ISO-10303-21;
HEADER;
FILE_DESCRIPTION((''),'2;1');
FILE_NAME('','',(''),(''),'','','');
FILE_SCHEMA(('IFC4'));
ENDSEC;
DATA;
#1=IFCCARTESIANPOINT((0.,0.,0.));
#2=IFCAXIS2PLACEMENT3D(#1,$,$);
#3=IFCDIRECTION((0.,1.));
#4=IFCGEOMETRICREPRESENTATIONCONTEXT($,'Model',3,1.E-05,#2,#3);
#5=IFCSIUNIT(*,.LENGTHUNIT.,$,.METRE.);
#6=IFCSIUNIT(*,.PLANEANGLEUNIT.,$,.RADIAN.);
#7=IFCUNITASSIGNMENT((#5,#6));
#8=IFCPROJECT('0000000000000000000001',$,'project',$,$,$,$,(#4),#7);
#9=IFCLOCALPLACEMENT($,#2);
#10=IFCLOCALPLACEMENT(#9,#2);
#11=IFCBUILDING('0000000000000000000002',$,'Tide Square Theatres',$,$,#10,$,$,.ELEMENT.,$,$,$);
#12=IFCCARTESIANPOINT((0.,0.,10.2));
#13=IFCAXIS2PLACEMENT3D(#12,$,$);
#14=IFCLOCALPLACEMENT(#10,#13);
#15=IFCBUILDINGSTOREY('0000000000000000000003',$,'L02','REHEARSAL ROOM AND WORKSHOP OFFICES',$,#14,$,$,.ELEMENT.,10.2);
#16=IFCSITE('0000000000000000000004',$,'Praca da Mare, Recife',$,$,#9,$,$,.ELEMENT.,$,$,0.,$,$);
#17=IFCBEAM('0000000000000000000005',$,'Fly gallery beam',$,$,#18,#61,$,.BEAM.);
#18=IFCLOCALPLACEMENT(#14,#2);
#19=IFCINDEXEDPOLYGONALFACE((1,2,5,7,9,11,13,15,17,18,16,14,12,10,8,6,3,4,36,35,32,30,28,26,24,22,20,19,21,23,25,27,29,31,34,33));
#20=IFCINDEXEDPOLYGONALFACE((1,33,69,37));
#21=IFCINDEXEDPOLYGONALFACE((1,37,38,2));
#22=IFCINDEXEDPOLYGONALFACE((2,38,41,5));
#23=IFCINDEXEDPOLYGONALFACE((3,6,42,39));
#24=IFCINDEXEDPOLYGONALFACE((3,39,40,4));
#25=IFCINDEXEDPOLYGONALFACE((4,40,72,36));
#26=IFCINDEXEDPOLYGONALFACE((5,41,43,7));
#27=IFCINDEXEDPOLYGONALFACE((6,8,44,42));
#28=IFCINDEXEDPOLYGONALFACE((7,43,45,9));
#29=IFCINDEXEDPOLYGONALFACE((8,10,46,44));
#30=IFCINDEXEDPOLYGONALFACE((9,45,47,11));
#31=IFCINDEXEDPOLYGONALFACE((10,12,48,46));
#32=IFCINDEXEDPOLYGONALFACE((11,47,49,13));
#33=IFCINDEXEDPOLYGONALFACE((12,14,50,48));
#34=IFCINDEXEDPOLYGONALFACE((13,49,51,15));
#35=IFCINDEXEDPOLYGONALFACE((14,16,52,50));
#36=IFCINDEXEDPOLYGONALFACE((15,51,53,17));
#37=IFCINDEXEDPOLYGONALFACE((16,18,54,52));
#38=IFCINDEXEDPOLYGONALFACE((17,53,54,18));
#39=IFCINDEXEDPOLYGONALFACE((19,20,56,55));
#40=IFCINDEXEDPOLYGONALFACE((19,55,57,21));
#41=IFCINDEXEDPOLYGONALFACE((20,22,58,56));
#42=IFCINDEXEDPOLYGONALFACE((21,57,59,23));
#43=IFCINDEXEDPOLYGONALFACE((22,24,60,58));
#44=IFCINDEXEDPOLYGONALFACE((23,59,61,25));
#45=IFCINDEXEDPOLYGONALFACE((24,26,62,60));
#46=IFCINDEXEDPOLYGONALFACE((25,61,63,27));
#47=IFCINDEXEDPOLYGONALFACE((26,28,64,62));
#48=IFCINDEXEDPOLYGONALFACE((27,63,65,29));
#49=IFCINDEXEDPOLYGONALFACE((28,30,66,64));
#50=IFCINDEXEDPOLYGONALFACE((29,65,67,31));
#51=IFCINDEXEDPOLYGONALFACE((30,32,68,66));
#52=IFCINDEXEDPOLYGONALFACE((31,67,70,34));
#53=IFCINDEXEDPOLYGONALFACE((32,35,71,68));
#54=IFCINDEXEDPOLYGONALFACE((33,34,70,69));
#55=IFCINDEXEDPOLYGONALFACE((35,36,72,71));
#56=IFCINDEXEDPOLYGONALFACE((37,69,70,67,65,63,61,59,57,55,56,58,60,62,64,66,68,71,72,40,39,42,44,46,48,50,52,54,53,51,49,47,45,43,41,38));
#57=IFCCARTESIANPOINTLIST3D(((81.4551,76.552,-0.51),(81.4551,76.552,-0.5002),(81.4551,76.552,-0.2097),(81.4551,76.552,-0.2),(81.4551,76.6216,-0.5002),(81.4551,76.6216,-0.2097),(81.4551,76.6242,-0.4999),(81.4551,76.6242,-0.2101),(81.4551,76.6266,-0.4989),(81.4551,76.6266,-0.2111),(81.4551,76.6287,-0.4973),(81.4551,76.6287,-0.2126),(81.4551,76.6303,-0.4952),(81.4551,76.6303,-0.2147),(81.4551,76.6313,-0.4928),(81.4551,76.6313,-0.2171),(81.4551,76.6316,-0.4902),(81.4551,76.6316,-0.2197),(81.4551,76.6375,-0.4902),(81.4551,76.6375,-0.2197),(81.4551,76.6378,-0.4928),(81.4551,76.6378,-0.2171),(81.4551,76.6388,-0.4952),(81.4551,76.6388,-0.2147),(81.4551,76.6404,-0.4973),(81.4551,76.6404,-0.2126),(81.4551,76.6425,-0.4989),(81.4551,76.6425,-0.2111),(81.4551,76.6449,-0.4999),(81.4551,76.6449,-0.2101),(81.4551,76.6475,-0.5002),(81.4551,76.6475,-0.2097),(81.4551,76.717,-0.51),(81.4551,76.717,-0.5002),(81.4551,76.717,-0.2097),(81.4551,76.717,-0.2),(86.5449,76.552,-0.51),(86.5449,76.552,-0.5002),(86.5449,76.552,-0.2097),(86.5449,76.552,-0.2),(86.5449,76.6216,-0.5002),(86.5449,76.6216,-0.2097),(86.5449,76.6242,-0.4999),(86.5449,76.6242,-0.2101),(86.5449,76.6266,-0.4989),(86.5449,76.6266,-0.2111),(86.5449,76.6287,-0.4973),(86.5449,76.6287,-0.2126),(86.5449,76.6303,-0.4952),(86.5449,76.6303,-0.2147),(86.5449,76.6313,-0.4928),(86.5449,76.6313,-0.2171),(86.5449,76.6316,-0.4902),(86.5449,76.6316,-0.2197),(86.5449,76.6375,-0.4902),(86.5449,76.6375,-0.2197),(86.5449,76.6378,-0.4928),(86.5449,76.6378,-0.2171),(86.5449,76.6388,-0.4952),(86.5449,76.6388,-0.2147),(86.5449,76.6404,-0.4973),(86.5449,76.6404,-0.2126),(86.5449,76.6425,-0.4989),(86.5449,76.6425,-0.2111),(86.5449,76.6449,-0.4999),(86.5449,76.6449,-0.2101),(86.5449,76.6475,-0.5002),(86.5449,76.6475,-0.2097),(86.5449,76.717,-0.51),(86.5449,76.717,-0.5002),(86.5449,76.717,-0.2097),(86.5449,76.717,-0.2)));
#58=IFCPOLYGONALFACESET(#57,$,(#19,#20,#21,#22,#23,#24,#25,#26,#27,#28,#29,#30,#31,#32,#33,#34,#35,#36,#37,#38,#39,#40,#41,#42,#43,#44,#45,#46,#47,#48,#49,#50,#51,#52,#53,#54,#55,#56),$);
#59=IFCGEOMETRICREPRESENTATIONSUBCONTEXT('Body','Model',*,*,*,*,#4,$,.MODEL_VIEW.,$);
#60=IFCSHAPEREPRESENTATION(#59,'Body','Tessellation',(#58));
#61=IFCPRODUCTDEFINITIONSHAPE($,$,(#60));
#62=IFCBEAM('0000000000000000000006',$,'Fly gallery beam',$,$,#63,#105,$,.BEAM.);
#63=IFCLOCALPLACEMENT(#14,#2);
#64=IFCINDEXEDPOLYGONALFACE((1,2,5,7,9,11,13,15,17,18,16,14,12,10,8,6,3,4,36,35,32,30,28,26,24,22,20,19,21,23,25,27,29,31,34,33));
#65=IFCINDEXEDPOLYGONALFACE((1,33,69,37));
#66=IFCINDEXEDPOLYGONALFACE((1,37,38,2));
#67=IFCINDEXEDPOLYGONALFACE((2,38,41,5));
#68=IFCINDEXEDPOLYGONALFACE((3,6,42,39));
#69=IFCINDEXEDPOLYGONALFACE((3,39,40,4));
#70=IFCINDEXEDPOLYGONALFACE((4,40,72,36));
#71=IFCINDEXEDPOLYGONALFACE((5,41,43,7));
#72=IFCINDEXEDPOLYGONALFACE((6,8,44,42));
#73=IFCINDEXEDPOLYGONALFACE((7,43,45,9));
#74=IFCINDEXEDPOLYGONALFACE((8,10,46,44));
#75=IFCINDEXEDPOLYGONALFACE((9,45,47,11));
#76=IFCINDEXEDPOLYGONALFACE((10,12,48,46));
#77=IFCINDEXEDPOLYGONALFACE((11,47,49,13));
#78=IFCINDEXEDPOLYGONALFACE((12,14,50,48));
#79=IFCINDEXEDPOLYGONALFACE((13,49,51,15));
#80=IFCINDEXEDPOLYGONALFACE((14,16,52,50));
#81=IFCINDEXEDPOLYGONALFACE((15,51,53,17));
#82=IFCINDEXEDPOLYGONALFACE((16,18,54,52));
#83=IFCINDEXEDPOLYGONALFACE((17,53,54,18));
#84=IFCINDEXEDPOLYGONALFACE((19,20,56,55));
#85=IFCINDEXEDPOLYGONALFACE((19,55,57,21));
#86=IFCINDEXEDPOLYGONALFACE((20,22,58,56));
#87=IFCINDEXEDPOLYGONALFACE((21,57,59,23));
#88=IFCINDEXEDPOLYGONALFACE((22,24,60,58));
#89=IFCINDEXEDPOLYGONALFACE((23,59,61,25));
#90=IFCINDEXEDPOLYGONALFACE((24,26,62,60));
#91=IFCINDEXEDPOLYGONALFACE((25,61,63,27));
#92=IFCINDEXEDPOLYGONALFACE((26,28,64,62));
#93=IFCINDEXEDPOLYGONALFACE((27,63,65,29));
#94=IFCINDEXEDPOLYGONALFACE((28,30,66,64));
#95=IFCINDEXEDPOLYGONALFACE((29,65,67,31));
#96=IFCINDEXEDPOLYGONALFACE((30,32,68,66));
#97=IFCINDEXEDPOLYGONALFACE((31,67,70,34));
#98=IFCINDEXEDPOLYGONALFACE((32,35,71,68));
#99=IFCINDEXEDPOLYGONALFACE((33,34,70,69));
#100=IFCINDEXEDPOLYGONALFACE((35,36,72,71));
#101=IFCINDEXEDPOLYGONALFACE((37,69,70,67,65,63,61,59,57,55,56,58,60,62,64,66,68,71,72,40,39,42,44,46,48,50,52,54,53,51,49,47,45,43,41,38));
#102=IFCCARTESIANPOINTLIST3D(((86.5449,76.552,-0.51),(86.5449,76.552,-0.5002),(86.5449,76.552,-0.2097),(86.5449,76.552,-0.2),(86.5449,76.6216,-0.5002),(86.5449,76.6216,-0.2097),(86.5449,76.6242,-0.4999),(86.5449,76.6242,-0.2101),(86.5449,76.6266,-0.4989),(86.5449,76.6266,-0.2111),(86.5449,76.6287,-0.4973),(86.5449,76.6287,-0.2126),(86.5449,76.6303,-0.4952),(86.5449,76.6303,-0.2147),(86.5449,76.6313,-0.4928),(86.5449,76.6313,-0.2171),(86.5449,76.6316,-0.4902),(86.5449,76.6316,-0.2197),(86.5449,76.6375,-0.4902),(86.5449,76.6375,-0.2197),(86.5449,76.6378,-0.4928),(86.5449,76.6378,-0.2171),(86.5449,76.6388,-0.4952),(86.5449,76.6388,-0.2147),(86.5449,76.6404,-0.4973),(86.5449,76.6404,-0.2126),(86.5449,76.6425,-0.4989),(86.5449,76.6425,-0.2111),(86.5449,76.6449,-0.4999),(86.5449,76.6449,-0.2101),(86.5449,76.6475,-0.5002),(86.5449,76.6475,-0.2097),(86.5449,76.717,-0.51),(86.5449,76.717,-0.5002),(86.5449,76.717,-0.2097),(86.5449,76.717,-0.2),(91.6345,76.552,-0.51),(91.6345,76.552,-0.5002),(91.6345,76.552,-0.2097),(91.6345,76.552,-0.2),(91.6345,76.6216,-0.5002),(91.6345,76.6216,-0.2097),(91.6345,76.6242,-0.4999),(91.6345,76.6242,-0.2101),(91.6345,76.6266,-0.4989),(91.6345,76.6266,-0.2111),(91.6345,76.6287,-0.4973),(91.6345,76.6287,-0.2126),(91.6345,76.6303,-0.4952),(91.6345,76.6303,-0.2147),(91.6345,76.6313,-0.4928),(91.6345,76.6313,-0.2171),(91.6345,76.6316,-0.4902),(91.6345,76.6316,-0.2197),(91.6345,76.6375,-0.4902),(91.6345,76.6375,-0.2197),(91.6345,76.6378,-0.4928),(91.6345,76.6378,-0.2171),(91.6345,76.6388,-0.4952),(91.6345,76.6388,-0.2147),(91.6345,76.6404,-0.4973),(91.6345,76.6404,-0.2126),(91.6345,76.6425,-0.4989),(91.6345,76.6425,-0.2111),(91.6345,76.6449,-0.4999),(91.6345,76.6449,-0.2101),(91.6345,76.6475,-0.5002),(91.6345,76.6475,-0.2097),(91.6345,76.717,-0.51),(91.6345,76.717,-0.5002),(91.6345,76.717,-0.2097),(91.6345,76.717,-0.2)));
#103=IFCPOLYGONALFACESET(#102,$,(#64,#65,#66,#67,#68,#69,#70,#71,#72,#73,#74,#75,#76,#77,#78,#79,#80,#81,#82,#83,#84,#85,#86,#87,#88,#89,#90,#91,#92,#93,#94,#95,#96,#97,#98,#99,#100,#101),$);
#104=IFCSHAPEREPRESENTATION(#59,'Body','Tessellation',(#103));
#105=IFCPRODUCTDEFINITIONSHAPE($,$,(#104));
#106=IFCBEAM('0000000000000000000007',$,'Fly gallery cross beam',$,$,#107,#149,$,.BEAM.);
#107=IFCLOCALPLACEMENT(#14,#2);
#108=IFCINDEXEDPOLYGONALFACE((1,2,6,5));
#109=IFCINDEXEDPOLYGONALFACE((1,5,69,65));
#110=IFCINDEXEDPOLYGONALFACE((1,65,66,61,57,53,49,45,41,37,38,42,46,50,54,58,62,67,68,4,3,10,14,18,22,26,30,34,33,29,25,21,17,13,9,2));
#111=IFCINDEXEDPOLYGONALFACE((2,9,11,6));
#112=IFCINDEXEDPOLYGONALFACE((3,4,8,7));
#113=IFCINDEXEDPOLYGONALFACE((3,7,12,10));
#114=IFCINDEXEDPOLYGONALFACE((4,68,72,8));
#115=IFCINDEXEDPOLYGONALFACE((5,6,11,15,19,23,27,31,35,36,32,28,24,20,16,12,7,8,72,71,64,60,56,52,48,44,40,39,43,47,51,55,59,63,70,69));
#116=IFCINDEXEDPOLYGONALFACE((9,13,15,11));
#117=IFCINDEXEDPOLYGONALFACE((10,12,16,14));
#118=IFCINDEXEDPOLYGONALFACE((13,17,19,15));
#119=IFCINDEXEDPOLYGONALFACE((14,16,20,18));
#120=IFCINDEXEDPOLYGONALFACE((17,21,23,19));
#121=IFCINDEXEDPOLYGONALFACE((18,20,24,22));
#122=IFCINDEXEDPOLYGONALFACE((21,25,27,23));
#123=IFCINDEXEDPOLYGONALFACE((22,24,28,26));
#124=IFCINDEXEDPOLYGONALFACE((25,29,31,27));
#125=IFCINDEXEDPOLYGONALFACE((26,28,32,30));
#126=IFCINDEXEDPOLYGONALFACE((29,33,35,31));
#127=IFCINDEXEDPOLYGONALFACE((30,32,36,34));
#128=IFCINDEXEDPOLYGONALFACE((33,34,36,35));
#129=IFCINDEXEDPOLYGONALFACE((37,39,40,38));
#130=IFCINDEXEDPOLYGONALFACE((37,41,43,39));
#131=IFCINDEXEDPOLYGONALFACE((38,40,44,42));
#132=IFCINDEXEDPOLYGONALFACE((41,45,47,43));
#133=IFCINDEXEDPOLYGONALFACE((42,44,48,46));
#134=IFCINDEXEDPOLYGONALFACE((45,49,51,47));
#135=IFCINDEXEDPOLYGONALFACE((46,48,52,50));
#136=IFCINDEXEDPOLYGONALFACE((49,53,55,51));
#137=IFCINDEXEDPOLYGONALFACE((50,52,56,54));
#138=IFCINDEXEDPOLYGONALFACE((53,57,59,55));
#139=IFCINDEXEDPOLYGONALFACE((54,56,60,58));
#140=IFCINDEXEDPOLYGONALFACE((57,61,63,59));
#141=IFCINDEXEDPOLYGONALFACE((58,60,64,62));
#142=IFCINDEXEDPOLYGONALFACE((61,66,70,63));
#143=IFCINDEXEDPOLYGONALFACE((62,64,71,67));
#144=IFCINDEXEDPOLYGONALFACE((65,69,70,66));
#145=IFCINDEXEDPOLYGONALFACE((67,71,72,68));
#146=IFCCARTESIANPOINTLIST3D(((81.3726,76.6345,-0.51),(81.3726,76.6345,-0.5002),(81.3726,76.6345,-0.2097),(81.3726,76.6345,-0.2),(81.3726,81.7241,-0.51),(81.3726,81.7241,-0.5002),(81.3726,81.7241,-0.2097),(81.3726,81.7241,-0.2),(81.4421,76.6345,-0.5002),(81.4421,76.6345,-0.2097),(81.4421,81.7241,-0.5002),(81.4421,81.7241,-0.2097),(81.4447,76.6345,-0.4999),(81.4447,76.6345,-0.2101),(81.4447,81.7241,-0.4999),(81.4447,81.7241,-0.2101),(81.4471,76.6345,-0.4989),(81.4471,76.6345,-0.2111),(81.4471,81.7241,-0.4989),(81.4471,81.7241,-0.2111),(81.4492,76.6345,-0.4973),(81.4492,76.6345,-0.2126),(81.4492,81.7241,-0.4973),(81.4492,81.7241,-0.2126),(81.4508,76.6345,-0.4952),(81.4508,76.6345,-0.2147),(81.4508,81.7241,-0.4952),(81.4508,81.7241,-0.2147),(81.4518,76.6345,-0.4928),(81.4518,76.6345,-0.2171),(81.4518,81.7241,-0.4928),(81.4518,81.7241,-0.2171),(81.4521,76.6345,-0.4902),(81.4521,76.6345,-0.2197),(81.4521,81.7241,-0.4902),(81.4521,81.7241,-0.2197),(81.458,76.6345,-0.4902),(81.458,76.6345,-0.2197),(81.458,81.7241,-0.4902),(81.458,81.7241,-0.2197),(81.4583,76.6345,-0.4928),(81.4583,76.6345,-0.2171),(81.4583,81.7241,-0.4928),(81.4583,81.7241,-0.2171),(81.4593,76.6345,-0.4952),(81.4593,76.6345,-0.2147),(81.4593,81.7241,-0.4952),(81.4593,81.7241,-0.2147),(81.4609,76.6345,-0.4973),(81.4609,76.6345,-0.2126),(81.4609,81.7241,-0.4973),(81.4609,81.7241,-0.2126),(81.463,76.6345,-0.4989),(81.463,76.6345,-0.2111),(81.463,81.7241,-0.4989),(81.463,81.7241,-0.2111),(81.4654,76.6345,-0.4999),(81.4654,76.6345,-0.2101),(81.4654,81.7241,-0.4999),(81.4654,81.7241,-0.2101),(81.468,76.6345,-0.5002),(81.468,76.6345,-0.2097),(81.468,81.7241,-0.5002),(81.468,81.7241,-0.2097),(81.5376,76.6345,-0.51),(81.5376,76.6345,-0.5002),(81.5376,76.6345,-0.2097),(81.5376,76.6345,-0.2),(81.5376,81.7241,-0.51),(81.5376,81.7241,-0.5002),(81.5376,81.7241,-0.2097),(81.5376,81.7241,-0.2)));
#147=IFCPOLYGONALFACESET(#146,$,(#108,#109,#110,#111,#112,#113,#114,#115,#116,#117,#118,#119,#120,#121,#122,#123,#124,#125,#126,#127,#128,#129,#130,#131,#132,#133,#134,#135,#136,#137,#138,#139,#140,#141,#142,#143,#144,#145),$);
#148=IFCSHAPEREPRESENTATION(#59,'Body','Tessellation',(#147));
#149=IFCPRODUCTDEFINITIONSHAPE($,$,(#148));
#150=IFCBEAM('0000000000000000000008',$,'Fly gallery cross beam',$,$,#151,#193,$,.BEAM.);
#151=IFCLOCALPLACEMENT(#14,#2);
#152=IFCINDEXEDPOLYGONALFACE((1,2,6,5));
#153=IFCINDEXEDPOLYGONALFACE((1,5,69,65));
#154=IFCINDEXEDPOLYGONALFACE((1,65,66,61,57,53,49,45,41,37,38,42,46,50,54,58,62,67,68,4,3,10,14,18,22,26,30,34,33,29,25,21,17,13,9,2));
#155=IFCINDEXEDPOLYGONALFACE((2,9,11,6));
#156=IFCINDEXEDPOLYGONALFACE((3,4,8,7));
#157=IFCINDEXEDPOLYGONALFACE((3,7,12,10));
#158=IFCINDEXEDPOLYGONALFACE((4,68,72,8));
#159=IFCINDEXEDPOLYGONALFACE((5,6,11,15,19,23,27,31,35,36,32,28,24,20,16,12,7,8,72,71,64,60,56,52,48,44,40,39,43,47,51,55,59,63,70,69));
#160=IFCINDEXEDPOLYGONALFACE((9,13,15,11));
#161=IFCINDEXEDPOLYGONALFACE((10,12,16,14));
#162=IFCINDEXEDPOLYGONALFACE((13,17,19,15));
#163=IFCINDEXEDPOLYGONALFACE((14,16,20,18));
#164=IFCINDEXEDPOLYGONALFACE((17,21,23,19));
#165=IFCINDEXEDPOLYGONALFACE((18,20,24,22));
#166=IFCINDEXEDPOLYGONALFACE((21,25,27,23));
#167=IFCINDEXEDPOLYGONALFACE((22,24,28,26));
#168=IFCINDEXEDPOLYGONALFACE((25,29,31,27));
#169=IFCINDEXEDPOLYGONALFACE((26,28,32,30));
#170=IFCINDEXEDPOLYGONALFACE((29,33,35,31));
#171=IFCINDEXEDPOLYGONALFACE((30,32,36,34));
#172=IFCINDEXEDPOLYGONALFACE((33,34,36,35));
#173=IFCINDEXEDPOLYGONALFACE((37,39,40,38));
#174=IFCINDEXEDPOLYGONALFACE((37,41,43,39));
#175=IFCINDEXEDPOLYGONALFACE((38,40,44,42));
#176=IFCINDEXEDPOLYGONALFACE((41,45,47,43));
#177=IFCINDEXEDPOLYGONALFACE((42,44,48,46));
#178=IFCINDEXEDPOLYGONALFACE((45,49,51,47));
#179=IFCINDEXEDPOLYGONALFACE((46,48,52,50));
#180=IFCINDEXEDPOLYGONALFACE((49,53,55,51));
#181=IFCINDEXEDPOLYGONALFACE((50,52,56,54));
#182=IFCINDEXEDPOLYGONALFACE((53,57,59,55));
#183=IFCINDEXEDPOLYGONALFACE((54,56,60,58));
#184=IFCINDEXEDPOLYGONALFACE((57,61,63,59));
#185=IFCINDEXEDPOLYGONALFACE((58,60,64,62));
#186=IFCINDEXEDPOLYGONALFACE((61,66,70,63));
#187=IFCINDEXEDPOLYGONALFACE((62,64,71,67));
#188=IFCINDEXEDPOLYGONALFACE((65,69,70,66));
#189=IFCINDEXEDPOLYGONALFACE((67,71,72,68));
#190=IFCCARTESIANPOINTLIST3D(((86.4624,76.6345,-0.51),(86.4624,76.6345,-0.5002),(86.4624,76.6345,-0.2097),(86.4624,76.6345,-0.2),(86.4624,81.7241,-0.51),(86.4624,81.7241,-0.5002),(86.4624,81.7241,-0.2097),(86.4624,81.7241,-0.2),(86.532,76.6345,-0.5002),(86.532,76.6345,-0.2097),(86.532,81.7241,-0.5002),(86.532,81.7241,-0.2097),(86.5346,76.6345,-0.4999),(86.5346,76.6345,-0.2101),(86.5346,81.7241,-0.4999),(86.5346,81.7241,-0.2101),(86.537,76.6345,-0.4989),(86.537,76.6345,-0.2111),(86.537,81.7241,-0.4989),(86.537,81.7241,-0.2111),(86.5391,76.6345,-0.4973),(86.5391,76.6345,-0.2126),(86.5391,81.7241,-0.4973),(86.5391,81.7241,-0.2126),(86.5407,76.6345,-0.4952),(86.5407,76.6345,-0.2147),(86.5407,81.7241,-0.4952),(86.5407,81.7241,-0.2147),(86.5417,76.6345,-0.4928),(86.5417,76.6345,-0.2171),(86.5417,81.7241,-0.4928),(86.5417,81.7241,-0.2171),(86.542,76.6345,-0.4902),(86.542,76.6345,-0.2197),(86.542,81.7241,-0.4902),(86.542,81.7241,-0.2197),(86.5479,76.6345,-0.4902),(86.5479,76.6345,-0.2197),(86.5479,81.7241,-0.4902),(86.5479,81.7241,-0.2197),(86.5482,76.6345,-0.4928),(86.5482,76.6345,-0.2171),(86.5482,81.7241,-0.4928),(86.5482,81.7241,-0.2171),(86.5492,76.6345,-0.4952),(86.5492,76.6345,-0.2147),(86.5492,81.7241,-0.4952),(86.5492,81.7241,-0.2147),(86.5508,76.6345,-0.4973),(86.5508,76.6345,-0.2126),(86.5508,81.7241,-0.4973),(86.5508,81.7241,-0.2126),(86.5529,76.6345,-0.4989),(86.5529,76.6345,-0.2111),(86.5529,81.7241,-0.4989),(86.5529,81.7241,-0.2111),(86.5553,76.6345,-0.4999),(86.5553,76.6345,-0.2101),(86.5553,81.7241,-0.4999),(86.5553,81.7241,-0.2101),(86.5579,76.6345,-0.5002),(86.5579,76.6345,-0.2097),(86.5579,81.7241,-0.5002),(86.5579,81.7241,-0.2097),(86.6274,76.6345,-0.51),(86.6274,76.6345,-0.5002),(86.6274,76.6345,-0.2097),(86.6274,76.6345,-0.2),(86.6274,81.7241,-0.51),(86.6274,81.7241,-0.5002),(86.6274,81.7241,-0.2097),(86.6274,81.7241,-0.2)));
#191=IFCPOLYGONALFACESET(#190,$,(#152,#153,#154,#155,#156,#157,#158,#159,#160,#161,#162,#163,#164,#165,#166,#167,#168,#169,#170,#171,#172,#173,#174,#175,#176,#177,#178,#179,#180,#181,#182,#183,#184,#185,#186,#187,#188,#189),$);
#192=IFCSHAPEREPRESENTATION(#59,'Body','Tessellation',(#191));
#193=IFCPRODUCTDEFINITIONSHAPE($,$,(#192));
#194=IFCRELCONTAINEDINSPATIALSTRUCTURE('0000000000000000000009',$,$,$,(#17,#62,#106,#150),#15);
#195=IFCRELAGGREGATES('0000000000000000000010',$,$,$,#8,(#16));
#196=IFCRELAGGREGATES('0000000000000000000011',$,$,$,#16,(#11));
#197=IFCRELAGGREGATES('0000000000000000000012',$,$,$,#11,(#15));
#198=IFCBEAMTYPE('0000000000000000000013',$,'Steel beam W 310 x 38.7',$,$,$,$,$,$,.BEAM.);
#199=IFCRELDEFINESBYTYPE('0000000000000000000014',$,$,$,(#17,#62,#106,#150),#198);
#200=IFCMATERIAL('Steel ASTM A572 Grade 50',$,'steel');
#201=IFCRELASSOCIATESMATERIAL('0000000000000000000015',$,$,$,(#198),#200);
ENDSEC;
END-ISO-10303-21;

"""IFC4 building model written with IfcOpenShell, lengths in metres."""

from ifc_helpers import new_model, si_unit, direction, frame, origin, origin_2d, place, context, subcontext, project, spatial, i_section, extrude, material, material_profile, profile_set, type_object, element, save


model = new_model("IFC4")

# Units and contexts
model_context = context("Model", 3, precision=1e-05, world=origin(), true_north=direction((0.0, 1.0)))
body_context = subcontext(model_context, "Body", "Model", "MODEL_VIEW")
ifc_project = project(units=[si_unit("LENGTHUNIT", "METRE"), si_unit("PLANEANGLEUNIT", "RADIAN")], contexts=[model_context])

# Site, building, storey
site_placement = place(None, origin())
site = spatial("IfcSite", under=ifc_project, at=site_placement, Name="Praca da Mare, Recife", CompositionType="ELEMENT", RefElevation=0.0)
building_placement = place(site_placement, origin())
building = spatial("IfcBuilding", under=site, at=building_placement, Name="Tide Square Theatres", CompositionType="ELEMENT")
storey_placement = place(building_placement, frame((0.0, 0.0, 10.2)))
storey = spatial("IfcBuildingStorey", under=building, at=storey_placement, Name="L02", Description="REHEARSAL ROOM AND WORKSHOP OFFICES", CompositionType="ELEMENT", Elevation=10.2)

# Beams
ifc_material_1 = material(Name="Steel ASTM A572 Grade 50", Category="steel")
ifc_material_profile_1 = material_profile(ifc_material_1, i_section(OverallWidth=0.165, OverallDepth=0.3101, WebThickness=0.0059, FlangeThickness=0.0098, FilletRadius=0.01, at=origin_2d()))
ifc_profile_set_1 = profile_set([ifc_material_profile_1], Name="Steel ASTM A572 Grade 50")
beam_type = type_object("IfcBeamType", Name="Steel beam W 310 x 38.7", PredefinedType="BEAM", material=ifc_profile_set_1)
beam_1_placement = place(storey_placement, frame((81.4551, 76.6345, -0.355), z_axis=(1.0, 0.0, 0.0), x_axis=(0.0, 1.0, 0.0)))
element("IfcBeam", 1, at=beam_1_placement, inside=storey, type_object=beam_type, Name="Fly gallery beam", PredefinedType="BEAM", context=body_context, shape_type="SweptSolid", body=[
    extrude(i_section(OverallWidth=0.165, OverallDepth=0.3101, WebThickness=0.0059, FlangeThickness=0.0098, FilletRadius=0.01, at=origin_2d()), origin(), (0.0, 0.0, 1.0), 5.0898),
])
for number, where, z_axis, x_axis, name in (
    (2, (86.5449, 76.6345, -0.355), (1.0, 0.0, 0.0), (0.0, 1.0, 0.0), "Fly gallery beam"),
    (3, (81.4551, 76.6345, -0.355), (0.0, 1.0, 0.0), (-1.0, 0.0, 0.0), "Fly gallery cross beam"),
    (4, (86.5449, 76.6345, -0.355), (0.0, 1.0, 0.0), (-1.0, 0.0, 0.0), "Fly gallery cross beam"),
):
    element("IfcBeam", number, at=place(storey_placement, frame(where, z_axis=z_axis, x_axis=x_axis)), inside=storey, type_object=beam_type, Name=name, PredefinedType="BEAM", context=body_context, shape_type="SweptSolid", body=[
        extrude(i_section(OverallWidth=0.165, OverallDepth=0.3101, WebThickness=0.0059, FlangeThickness=0.0098, FilletRadius=0.01, at=origin_2d()), origin(), (0.0, 0.0, 1.0), 5.0896),
    ])

save(model, "model.ifc")
